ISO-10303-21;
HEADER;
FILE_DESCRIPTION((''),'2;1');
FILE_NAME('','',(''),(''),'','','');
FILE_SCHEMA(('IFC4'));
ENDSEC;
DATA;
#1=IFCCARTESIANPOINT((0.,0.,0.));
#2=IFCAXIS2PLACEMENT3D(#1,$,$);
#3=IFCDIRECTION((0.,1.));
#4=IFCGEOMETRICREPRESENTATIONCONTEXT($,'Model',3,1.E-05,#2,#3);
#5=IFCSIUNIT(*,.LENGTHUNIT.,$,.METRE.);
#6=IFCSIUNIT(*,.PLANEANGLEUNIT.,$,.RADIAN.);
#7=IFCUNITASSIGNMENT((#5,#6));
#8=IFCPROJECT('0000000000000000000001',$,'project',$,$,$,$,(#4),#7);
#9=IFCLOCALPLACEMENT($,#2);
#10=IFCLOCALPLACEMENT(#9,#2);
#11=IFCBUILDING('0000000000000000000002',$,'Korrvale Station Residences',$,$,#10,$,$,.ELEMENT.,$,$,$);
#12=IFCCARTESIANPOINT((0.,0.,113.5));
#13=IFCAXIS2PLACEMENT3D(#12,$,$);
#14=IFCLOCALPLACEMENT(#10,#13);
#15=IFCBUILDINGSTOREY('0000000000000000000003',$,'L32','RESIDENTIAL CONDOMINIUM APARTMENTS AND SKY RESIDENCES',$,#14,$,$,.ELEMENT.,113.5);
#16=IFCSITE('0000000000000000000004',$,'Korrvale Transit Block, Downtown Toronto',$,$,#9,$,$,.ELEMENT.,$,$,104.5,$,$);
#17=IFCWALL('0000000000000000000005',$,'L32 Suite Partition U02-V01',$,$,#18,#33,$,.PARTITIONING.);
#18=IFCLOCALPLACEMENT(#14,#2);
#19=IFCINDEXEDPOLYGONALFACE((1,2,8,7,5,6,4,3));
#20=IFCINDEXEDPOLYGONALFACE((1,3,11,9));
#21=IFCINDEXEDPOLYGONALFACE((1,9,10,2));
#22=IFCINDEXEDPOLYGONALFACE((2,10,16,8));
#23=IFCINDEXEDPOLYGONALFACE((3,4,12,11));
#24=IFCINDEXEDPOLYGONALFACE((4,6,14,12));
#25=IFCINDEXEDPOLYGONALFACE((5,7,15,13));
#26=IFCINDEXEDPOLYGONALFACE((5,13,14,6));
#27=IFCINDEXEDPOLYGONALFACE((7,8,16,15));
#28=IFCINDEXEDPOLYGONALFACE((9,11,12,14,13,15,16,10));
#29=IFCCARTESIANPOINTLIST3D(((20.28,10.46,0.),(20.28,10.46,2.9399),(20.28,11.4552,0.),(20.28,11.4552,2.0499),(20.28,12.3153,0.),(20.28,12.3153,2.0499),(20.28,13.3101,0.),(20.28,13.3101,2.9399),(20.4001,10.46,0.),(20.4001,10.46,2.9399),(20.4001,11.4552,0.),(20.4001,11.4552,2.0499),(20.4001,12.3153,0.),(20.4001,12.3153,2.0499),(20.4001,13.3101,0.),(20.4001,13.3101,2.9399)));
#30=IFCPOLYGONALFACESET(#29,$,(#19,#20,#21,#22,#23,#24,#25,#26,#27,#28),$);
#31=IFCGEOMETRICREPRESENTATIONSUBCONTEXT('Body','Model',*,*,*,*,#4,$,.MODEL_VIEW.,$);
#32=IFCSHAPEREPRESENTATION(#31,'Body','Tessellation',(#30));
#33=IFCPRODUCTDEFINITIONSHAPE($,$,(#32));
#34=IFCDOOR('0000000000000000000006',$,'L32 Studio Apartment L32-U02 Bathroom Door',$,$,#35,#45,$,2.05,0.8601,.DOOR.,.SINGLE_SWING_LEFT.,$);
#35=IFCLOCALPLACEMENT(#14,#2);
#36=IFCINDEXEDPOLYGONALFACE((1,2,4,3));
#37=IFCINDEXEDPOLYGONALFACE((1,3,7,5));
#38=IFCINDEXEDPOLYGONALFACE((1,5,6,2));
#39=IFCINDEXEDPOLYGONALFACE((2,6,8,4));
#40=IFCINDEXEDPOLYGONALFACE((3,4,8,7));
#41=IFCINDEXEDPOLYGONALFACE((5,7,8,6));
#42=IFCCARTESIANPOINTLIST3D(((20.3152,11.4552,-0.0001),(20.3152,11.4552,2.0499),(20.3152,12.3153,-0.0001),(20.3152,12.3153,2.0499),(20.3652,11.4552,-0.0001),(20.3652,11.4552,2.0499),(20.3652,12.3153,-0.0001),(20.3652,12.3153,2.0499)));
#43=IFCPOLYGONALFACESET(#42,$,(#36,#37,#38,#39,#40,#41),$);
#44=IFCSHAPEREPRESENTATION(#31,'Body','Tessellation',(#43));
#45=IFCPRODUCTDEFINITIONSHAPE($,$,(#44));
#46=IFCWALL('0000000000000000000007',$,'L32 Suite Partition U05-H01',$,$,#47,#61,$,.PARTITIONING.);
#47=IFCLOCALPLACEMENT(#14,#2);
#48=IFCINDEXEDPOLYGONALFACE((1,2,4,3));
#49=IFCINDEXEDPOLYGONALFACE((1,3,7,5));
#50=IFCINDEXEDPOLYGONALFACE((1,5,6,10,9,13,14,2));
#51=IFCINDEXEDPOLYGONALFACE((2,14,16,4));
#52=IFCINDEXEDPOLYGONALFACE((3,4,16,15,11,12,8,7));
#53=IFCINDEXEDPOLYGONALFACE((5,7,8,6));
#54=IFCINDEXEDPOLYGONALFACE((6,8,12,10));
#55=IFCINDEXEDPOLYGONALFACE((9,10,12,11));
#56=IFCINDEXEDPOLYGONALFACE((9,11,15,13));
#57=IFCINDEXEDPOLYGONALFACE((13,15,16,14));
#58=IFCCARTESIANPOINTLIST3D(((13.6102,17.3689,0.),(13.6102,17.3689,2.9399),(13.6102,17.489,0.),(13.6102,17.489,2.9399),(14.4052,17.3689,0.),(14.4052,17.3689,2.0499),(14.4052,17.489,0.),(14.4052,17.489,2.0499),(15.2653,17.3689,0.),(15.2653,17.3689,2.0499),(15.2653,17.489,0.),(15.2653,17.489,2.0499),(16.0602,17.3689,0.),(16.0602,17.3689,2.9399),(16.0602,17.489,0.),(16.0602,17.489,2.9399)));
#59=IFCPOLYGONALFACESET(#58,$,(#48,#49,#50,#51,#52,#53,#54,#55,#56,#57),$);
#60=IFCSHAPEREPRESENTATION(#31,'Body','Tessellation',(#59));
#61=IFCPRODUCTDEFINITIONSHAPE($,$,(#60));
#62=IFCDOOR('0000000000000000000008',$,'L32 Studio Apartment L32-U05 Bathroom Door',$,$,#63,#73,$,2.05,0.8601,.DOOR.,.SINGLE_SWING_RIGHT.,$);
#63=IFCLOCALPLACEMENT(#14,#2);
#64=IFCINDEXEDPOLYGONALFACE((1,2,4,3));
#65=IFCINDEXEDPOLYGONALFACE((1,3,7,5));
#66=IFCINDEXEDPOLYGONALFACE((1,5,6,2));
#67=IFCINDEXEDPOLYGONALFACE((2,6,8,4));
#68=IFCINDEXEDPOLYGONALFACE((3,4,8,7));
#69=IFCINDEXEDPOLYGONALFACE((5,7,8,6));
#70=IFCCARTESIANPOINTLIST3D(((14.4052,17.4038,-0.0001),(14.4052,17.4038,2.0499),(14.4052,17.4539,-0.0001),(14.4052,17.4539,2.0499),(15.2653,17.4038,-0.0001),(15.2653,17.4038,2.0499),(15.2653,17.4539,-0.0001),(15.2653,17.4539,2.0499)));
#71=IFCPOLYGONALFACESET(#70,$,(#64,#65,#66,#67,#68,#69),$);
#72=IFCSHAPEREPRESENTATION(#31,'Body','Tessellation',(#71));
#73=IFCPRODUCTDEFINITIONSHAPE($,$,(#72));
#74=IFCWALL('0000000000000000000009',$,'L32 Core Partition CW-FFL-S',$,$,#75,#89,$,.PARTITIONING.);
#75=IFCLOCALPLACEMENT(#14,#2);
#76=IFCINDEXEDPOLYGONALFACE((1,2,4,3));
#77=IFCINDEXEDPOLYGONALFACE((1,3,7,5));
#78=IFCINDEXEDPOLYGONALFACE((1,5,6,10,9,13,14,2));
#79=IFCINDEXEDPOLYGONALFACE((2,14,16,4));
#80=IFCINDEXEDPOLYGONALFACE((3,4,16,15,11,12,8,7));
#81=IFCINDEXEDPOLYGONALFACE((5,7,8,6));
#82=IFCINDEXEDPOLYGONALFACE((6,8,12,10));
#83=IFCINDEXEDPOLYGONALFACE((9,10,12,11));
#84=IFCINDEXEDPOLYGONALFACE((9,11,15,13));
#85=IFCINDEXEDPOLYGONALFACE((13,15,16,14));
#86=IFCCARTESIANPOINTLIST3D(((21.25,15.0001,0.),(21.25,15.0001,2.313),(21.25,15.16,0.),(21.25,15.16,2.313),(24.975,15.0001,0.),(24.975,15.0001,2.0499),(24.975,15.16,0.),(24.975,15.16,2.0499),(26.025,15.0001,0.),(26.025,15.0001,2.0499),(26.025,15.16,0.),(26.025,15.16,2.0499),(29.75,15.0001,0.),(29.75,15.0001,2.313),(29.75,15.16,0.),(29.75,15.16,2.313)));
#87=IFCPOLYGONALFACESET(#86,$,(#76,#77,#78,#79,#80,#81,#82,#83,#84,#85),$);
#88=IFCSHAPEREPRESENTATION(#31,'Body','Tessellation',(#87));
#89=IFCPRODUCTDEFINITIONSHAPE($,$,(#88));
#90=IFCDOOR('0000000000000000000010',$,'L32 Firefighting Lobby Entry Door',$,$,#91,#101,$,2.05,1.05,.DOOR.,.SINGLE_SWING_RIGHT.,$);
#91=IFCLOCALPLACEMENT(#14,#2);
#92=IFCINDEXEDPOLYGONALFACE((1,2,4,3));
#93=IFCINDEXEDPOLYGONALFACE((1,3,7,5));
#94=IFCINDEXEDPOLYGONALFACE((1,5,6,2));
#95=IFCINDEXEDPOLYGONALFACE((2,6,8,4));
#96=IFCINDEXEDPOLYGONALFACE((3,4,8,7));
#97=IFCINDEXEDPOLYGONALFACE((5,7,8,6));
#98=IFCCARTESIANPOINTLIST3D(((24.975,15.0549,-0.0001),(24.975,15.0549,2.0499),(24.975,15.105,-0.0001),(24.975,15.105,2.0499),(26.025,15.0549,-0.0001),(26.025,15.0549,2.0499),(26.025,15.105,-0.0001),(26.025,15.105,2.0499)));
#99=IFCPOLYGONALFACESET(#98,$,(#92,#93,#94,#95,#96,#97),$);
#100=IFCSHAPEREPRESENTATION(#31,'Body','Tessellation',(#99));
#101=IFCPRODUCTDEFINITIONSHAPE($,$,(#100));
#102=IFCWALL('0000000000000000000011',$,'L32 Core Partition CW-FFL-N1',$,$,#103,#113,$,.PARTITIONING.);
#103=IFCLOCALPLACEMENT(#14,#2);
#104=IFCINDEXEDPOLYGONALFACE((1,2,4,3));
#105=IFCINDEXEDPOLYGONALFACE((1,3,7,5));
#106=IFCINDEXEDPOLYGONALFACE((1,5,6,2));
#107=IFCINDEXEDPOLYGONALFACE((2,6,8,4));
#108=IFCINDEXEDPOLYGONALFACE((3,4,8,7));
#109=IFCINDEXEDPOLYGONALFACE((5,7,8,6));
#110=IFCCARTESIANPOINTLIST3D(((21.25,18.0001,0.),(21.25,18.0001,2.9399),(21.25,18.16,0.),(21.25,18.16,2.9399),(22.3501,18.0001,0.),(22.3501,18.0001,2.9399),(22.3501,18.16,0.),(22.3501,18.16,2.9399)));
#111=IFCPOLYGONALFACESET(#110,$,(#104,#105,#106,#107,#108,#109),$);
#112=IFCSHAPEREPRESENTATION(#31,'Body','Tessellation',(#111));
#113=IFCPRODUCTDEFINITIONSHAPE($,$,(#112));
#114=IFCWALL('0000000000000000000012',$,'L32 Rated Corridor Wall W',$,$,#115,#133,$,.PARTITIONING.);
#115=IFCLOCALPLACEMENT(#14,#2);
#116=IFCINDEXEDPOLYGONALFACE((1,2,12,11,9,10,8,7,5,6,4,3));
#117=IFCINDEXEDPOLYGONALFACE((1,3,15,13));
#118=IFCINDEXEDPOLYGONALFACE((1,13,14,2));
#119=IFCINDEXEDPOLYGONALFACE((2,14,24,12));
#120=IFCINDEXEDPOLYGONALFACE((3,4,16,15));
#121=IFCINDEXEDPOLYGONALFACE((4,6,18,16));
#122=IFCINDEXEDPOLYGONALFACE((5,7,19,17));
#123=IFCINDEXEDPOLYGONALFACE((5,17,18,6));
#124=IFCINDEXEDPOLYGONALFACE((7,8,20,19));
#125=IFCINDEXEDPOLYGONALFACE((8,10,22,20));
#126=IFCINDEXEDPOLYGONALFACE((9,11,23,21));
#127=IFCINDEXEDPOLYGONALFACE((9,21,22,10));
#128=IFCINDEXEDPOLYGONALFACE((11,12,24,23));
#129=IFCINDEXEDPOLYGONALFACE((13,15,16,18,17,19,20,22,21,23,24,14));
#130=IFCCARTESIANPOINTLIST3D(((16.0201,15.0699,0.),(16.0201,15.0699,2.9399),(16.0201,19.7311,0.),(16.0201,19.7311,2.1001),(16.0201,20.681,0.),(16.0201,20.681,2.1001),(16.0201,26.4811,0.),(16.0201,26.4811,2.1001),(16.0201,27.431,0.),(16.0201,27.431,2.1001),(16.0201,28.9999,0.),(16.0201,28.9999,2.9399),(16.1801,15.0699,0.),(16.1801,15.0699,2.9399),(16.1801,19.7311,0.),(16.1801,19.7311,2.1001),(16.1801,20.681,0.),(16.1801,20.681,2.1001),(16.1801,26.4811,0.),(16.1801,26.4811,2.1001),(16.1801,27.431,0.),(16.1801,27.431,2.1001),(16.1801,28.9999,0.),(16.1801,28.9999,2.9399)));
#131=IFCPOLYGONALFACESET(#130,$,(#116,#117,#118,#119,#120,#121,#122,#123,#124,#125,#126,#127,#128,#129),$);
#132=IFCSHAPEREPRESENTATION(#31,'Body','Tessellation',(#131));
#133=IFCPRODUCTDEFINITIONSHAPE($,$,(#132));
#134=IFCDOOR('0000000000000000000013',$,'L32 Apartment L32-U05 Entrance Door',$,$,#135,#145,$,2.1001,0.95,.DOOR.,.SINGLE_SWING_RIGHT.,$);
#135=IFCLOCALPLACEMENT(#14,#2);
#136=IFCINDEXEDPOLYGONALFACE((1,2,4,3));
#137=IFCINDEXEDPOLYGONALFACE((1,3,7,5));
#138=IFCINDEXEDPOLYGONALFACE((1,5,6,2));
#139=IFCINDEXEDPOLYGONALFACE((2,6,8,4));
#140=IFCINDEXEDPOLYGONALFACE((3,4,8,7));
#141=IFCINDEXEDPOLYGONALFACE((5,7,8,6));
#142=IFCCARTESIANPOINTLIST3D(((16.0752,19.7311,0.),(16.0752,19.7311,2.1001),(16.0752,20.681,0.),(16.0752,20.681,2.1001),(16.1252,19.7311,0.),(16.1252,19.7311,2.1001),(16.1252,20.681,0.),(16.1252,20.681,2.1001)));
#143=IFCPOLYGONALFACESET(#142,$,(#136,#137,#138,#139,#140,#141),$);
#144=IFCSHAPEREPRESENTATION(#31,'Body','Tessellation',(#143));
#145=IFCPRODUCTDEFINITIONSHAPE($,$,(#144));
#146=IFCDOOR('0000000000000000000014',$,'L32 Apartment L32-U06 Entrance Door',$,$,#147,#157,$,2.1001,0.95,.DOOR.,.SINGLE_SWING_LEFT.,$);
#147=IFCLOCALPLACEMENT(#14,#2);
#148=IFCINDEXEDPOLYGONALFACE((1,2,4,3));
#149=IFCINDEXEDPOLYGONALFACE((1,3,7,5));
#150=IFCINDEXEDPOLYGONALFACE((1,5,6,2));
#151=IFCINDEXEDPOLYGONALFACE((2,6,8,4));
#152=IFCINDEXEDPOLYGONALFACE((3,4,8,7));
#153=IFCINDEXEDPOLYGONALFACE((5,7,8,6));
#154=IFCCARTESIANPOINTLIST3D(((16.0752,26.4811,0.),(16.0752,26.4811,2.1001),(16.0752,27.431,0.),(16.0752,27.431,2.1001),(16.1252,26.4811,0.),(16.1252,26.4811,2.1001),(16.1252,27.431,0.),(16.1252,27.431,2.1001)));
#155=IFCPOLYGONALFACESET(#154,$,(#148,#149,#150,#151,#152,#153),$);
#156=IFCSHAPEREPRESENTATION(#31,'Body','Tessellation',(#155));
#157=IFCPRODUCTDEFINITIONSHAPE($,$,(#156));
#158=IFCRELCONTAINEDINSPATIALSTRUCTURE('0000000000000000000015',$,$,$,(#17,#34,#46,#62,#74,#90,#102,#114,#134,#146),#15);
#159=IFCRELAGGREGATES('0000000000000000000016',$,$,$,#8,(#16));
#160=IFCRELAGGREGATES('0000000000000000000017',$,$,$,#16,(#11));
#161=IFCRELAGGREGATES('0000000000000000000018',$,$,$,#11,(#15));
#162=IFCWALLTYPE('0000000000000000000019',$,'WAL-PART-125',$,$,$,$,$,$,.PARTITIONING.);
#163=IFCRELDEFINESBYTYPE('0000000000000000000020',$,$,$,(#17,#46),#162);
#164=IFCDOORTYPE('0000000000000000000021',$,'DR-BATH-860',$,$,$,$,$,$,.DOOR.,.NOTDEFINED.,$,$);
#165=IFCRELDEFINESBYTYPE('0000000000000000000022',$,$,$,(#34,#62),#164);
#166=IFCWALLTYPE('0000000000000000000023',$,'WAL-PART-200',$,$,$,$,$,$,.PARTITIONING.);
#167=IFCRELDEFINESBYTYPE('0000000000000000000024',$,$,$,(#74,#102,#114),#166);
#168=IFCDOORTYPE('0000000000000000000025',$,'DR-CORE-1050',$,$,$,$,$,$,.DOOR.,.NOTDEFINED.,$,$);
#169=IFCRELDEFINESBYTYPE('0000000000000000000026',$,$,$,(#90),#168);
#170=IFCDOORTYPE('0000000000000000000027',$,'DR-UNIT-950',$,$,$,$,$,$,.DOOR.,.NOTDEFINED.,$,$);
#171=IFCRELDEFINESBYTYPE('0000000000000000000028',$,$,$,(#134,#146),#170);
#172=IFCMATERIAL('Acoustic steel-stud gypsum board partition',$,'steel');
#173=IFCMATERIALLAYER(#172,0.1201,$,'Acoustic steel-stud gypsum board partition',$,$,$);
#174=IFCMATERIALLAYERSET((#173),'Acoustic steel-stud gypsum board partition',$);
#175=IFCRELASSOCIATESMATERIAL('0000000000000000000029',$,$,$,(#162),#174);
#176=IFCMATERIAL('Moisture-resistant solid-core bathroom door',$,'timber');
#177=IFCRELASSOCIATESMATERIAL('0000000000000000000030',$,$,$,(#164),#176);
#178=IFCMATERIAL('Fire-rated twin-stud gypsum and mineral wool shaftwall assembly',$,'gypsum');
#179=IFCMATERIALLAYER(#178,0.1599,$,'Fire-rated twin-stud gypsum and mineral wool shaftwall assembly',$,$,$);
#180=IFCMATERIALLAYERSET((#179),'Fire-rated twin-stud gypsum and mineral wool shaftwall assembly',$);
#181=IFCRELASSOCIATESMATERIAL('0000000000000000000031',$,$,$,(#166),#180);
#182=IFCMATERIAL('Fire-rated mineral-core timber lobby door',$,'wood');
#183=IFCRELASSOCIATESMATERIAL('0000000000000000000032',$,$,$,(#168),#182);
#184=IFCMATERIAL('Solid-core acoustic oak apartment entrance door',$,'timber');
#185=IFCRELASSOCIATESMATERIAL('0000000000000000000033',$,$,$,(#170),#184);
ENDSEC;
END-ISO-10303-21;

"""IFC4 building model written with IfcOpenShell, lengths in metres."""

from ifc_helpers import new_model, si_unit, direction, frame, frame_2d, origin, place, context, subcontext, project, spatial, rectangle, extrude, material, layer, layer_set, type_object, element, fill, save


model = new_model("IFC4")

# Units and contexts
model_context = context("Model", 3, precision=1e-05, world=origin(), true_north=direction((0.0, 1.0)))
body_context = subcontext(model_context, "Body", "Model", "MODEL_VIEW")
ifc_project = project(units=[si_unit("LENGTHUNIT", "METRE"), si_unit("PLANEANGLEUNIT", "RADIAN")], contexts=[model_context])

# Site, building, storey
site_placement = place(None, origin())
site = spatial("IfcSite", under=ifc_project, at=site_placement, Name="Korrvale Transit Block, Downtown Toronto", CompositionType="ELEMENT", RefElevation=104.5)
building_placement = place(site_placement, origin())
building = spatial("IfcBuilding", under=site, at=building_placement, Name="Korrvale Station Residences", CompositionType="ELEMENT")
storey_placement = place(building_placement, frame((0.0, 0.0, 113.5)))
storey = spatial("IfcBuildingStorey", under=building, at=storey_placement, Name="L32", Description="RESIDENTIAL CONDOMINIUM APARTMENTS AND SKY RESIDENCES", CompositionType="ELEMENT", Elevation=113.5)

# Shared definitions
ifc_material_1 = material(Name="Acoustic steel-stud gypsum board partition", Category="steel")
ifc_layer_1 = layer(ifc_material_1, 0.1201, Name="Acoustic steel-stud gypsum board partition")
ifc_layer_set_1 = layer_set([ifc_layer_1], Name="Acoustic steel-stud gypsum board partition")
wall_type_1 = type_object("IfcWallType", Name="WAL-PART-125", PredefinedType="PARTITIONING", material=ifc_layer_set_1)

# Walls, openings, doors
wall_1_placement = place(storey_placement, frame((20.3401, 10.46, 0.0), z_axis=(0.0, 0.0, 1.0), x_axis=(0.0, 1.0, 0.0)))
wall_1 = element("IfcWall", 1, at=wall_1_placement, inside=storey, type_object=wall_type_1, Name="L32 Suite Partition U02-V01", PredefinedType="PARTITIONING", context=body_context, shape_type="SweptSolid", body=[
    extrude(rectangle(XDim=2.8501, YDim=0.1201, at=frame_2d((1.425, 0.0))), origin(), (0.0, 0.0, 1.0), 2.9399),
])
opening_1_placement = place(wall_1_placement, frame((0.9951, 0.0, 0.0)))
opening_1 = element("IfcOpeningElement", 2, at=opening_1_placement, cuts=wall_1, PredefinedType="OPENING", context=body_context, shape_type="SweptSolid", body=[
    extrude(rectangle(XDim=0.8601, YDim=2.05, at=frame_2d((0.4302, 1.0249))), frame((0.0, 0.0701, 0.0), z_axis=(0.0, -1.0, 0.0), x_axis=(1.0, 0.0, 0.0)), (0.0, 0.0, 1.0), 0.1401),
])
ifc_material_2 = material(Name="Moisture-resistant solid-core bathroom door", Category="timber")
door_type_1 = type_object("IfcDoorType", Name="DR-BATH-860", OperationType="NOTDEFINED", PredefinedType="DOOR", material=ifc_material_2)
door_1_placement = place(opening_1_placement, origin())
door_1 = element("IfcDoor", 3, at=door_1_placement, inside=storey, type_object=door_type_1, Name="L32 Studio Apartment L32-U02 Bathroom Door", OperationType="SINGLE_SWING_LEFT", OverallHeight=2.05, OverallWidth=0.8601, PredefinedType="DOOR", context=body_context, shape_type="SweptSolid", body=[
    extrude(rectangle(XDim=0.8601, YDim=2.05, at=frame_2d((0.4302, 1.0249))), frame((0.0, 0.0249, 0.0), z_axis=(0.0, -1.0, 0.0), x_axis=(1.0, 0.0, 0.0)), (0.0, 0.0, 1.0), 0.05),
])
fill(opening_1, door_1)
wall_2_placement = place(storey_placement, frame((13.6101, 17.429, 0.0), z_axis=(0.0, 0.0, 1.0), x_axis=(1.0, 0.0, 0.0)))
wall_2 = element("IfcWall", 4, at=wall_2_placement, inside=storey, type_object=wall_type_1, Name="L32 Suite Partition U05-H01", PredefinedType="PARTITIONING", context=body_context, shape_type="SweptSolid", body=[
    extrude(rectangle(XDim=2.45, YDim=0.1201, at=frame_2d((1.2251, 0.0))), origin(), (0.0, 0.0, 1.0), 2.9399),
])
opening_2_placement = place(wall_2_placement, frame((0.7949, 0.0, 0.0)))
opening_2 = element("IfcOpeningElement", 5, at=opening_2_placement, cuts=wall_2, PredefinedType="OPENING", context=body_context, shape_type="SweptSolid", body=[
    extrude(rectangle(XDim=0.8601, YDim=2.05, at=frame_2d((0.4302, 1.0249))), frame((0.0, 0.0701, 0.0), z_axis=(0.0, -1.0, 0.0), x_axis=(1.0, 0.0, 0.0)), (0.0, 0.0, 1.0), 0.1401),
])
door_2_placement = place(opening_2_placement, origin())
door_2 = element("IfcDoor", 6, at=door_2_placement, inside=storey, type_object=door_type_1, Name="L32 Studio Apartment L32-U05 Bathroom Door", OperationType="SINGLE_SWING_RIGHT", OverallHeight=2.05, OverallWidth=0.8601, PredefinedType="DOOR", context=body_context, shape_type="SweptSolid", body=[
    extrude(rectangle(XDim=0.8601, YDim=2.05, at=frame_2d((0.4302, 1.0249))), frame((0.0, 0.0249, 0.0), z_axis=(0.0, -1.0, 0.0), x_axis=(1.0, 0.0, 0.0)), (0.0, 0.0, 1.0), 0.05),
])
fill(opening_2, door_2)
ifc_material_3 = material(Name="Fire-rated twin-stud gypsum and mineral wool shaftwall assembly", Category="gypsum")
ifc_layer_2 = layer(ifc_material_3, 0.1599, Name="Fire-rated twin-stud gypsum and mineral wool shaftwall assembly")
ifc_layer_set_2 = layer_set([ifc_layer_2], Name="Fire-rated twin-stud gypsum and mineral wool shaftwall assembly")
wall_type_2 = type_object("IfcWallType", Name="WAL-PART-200", PredefinedType="PARTITIONING", material=ifc_layer_set_2)
wall_3_placement = place(storey_placement, frame((21.25, 15.0801, 0.0), z_axis=(0.0, 0.0, 1.0), x_axis=(1.0, 0.0, 0.0)))
wall_3 = element("IfcWall", 7, at=wall_3_placement, inside=storey, type_object=wall_type_2, Name="L32 Core Partition CW-FFL-S", PredefinedType="PARTITIONING", context=body_context, shape_type="SweptSolid", body=[
    extrude(rectangle(XDim=8.5, YDim=0.1599, at=frame_2d((4.25, 0.0))), origin(), (0.0, 0.0, 1.0), 2.313),
])
opening_3_placement = place(wall_3_placement, frame((3.7251, 0.0, 0.0)))
opening_3 = element("IfcOpeningElement", 8, at=opening_3_placement, cuts=wall_3, PredefinedType="OPENING", context=body_context, shape_type="SweptSolid", body=[
    extrude(rectangle(XDim=1.05, YDim=2.05, at=frame_2d((0.5249, 1.0249))), frame((0.0, 0.0898, 0.0), z_axis=(0.0, -1.0, 0.0), x_axis=(1.0, 0.0, 0.0)), (0.0, 0.0, 1.0), 0.1799),
])
ifc_material_4 = material(Name="Fire-rated mineral-core timber lobby door", Category="wood")
door_type_2 = type_object("IfcDoorType", Name="DR-CORE-1050", OperationType="NOTDEFINED", PredefinedType="DOOR", material=ifc_material_4)
door_3_placement = place(opening_3_placement, origin())
door_3 = element("IfcDoor", 9, at=door_3_placement, inside=storey, type_object=door_type_2, Name="L32 Firefighting Lobby Entry Door", OperationType="SINGLE_SWING_RIGHT", OverallHeight=2.05, OverallWidth=1.05, PredefinedType="DOOR", context=body_context, shape_type="SweptSolid", body=[
    extrude(rectangle(XDim=1.05, YDim=2.05, at=frame_2d((0.5249, 1.0249))), frame((0.0, 0.0249, 0.0), z_axis=(0.0, -1.0, 0.0), x_axis=(1.0, 0.0, 0.0)), (0.0, 0.0, 1.0), 0.05),
])
fill(opening_3, door_3)

# Wall
wall_4_placement = place(storey_placement, frame((21.25, 18.0801, 0.0), z_axis=(0.0, 0.0, 1.0), x_axis=(1.0, 0.0, 0.0)))
element("IfcWall", 10, at=wall_4_placement, inside=storey, type_object=wall_type_2, Name="L32 Core Partition CW-FFL-N1", PredefinedType="PARTITIONING", context=body_context, shape_type="SweptSolid", body=[
    extrude(rectangle(XDim=1.1001, YDim=0.1599, at=frame_2d((0.55, 0.0))), origin(), (0.0, 0.0, 1.0), 2.9399),
])

# Wall, openings, doors
wall_5_placement = place(storey_placement, frame((16.1001, 15.0701, 0.0), z_axis=(0.0, 0.0, 1.0), x_axis=(0.0, 1.0, 0.0)))
wall_5 = element("IfcWall", 11, at=wall_5_placement, inside=storey, type_object=wall_type_2, Name="L32 Rated Corridor Wall W", PredefinedType="PARTITIONING", context=body_context, shape_type="SweptSolid", body=[
    extrude(rectangle(XDim=13.9299, YDim=0.1599, at=frame_2d((6.9648, 0.0))), origin(), (0.0, 0.0, 1.0), 2.9399),
])
opening_4_placement = place(wall_5_placement, frame((4.6609, 0.0, 0.0)))
opening_4 = element("IfcOpeningElement", 12, at=opening_4_placement, cuts=wall_5, PredefinedType="OPENING", context=body_context, shape_type="SweptSolid", body=[
    extrude(rectangle(XDim=0.95, YDim=2.1001, at=frame_2d((0.4751, 1.05))), frame((0.0, 0.0898, 0.0), z_axis=(0.0, -1.0, 0.0), x_axis=(1.0, 0.0, 0.0)), (0.0, 0.0, 1.0), 0.1799),
])
opening_5_placement = place(wall_5_placement, frame((11.4109, 0.0, 0.0)))
opening_5 = element("IfcOpeningElement", 13, at=opening_5_placement, cuts=wall_5, PredefinedType="OPENING", context=body_context, shape_type="SweptSolid", body=[
    extrude(rectangle(XDim=0.95, YDim=2.1001, at=frame_2d((0.4751, 1.05))), frame((0.0, 0.0898, 0.0), z_axis=(0.0, -1.0, 0.0), x_axis=(1.0, 0.0, 0.0)), (0.0, 0.0, 1.0), 0.1799),
])
ifc_material_5 = material(Name="Solid-core acoustic oak apartment entrance door", Category="timber")
door_type_3 = type_object("IfcDoorType", Name="DR-UNIT-950", OperationType="NOTDEFINED", PredefinedType="DOOR", material=ifc_material_5)
door_4_placement = place(opening_4_placement, origin())
door_4 = element("IfcDoor", 14, at=door_4_placement, inside=storey, type_object=door_type_3, Name="L32 Apartment L32-U05 Entrance Door", OperationType="SINGLE_SWING_RIGHT", OverallHeight=2.1001, OverallWidth=0.95, PredefinedType="DOOR", context=body_context, shape_type="SweptSolid", body=[
    extrude(rectangle(XDim=0.95, YDim=2.1001, at=frame_2d((0.4751, 1.05))), frame((0.0, 0.0249, 0.0), z_axis=(0.0, -1.0, 0.0), x_axis=(1.0, 0.0, 0.0)), (0.0, 0.0, 1.0), 0.05),
])
fill(opening_4, door_4)
door_5_placement = place(opening_5_placement, origin())
door_5 = element("IfcDoor", 15, at=door_5_placement, inside=storey, type_object=door_type_3, Name="L32 Apartment L32-U06 Entrance Door", OperationType="SINGLE_SWING_LEFT", OverallHeight=2.1001, OverallWidth=0.95, PredefinedType="DOOR", context=body_context, shape_type="SweptSolid", body=[
    extrude(rectangle(XDim=0.95, YDim=2.1001, at=frame_2d((0.4751, 1.05))), frame((0.0, 0.0249, 0.0), z_axis=(0.0, -1.0, 0.0), x_axis=(1.0, 0.0, 0.0)), (0.0, 0.0, 1.0), 0.05),
])
fill(opening_5, door_5)

save(model, "model.ifc")
